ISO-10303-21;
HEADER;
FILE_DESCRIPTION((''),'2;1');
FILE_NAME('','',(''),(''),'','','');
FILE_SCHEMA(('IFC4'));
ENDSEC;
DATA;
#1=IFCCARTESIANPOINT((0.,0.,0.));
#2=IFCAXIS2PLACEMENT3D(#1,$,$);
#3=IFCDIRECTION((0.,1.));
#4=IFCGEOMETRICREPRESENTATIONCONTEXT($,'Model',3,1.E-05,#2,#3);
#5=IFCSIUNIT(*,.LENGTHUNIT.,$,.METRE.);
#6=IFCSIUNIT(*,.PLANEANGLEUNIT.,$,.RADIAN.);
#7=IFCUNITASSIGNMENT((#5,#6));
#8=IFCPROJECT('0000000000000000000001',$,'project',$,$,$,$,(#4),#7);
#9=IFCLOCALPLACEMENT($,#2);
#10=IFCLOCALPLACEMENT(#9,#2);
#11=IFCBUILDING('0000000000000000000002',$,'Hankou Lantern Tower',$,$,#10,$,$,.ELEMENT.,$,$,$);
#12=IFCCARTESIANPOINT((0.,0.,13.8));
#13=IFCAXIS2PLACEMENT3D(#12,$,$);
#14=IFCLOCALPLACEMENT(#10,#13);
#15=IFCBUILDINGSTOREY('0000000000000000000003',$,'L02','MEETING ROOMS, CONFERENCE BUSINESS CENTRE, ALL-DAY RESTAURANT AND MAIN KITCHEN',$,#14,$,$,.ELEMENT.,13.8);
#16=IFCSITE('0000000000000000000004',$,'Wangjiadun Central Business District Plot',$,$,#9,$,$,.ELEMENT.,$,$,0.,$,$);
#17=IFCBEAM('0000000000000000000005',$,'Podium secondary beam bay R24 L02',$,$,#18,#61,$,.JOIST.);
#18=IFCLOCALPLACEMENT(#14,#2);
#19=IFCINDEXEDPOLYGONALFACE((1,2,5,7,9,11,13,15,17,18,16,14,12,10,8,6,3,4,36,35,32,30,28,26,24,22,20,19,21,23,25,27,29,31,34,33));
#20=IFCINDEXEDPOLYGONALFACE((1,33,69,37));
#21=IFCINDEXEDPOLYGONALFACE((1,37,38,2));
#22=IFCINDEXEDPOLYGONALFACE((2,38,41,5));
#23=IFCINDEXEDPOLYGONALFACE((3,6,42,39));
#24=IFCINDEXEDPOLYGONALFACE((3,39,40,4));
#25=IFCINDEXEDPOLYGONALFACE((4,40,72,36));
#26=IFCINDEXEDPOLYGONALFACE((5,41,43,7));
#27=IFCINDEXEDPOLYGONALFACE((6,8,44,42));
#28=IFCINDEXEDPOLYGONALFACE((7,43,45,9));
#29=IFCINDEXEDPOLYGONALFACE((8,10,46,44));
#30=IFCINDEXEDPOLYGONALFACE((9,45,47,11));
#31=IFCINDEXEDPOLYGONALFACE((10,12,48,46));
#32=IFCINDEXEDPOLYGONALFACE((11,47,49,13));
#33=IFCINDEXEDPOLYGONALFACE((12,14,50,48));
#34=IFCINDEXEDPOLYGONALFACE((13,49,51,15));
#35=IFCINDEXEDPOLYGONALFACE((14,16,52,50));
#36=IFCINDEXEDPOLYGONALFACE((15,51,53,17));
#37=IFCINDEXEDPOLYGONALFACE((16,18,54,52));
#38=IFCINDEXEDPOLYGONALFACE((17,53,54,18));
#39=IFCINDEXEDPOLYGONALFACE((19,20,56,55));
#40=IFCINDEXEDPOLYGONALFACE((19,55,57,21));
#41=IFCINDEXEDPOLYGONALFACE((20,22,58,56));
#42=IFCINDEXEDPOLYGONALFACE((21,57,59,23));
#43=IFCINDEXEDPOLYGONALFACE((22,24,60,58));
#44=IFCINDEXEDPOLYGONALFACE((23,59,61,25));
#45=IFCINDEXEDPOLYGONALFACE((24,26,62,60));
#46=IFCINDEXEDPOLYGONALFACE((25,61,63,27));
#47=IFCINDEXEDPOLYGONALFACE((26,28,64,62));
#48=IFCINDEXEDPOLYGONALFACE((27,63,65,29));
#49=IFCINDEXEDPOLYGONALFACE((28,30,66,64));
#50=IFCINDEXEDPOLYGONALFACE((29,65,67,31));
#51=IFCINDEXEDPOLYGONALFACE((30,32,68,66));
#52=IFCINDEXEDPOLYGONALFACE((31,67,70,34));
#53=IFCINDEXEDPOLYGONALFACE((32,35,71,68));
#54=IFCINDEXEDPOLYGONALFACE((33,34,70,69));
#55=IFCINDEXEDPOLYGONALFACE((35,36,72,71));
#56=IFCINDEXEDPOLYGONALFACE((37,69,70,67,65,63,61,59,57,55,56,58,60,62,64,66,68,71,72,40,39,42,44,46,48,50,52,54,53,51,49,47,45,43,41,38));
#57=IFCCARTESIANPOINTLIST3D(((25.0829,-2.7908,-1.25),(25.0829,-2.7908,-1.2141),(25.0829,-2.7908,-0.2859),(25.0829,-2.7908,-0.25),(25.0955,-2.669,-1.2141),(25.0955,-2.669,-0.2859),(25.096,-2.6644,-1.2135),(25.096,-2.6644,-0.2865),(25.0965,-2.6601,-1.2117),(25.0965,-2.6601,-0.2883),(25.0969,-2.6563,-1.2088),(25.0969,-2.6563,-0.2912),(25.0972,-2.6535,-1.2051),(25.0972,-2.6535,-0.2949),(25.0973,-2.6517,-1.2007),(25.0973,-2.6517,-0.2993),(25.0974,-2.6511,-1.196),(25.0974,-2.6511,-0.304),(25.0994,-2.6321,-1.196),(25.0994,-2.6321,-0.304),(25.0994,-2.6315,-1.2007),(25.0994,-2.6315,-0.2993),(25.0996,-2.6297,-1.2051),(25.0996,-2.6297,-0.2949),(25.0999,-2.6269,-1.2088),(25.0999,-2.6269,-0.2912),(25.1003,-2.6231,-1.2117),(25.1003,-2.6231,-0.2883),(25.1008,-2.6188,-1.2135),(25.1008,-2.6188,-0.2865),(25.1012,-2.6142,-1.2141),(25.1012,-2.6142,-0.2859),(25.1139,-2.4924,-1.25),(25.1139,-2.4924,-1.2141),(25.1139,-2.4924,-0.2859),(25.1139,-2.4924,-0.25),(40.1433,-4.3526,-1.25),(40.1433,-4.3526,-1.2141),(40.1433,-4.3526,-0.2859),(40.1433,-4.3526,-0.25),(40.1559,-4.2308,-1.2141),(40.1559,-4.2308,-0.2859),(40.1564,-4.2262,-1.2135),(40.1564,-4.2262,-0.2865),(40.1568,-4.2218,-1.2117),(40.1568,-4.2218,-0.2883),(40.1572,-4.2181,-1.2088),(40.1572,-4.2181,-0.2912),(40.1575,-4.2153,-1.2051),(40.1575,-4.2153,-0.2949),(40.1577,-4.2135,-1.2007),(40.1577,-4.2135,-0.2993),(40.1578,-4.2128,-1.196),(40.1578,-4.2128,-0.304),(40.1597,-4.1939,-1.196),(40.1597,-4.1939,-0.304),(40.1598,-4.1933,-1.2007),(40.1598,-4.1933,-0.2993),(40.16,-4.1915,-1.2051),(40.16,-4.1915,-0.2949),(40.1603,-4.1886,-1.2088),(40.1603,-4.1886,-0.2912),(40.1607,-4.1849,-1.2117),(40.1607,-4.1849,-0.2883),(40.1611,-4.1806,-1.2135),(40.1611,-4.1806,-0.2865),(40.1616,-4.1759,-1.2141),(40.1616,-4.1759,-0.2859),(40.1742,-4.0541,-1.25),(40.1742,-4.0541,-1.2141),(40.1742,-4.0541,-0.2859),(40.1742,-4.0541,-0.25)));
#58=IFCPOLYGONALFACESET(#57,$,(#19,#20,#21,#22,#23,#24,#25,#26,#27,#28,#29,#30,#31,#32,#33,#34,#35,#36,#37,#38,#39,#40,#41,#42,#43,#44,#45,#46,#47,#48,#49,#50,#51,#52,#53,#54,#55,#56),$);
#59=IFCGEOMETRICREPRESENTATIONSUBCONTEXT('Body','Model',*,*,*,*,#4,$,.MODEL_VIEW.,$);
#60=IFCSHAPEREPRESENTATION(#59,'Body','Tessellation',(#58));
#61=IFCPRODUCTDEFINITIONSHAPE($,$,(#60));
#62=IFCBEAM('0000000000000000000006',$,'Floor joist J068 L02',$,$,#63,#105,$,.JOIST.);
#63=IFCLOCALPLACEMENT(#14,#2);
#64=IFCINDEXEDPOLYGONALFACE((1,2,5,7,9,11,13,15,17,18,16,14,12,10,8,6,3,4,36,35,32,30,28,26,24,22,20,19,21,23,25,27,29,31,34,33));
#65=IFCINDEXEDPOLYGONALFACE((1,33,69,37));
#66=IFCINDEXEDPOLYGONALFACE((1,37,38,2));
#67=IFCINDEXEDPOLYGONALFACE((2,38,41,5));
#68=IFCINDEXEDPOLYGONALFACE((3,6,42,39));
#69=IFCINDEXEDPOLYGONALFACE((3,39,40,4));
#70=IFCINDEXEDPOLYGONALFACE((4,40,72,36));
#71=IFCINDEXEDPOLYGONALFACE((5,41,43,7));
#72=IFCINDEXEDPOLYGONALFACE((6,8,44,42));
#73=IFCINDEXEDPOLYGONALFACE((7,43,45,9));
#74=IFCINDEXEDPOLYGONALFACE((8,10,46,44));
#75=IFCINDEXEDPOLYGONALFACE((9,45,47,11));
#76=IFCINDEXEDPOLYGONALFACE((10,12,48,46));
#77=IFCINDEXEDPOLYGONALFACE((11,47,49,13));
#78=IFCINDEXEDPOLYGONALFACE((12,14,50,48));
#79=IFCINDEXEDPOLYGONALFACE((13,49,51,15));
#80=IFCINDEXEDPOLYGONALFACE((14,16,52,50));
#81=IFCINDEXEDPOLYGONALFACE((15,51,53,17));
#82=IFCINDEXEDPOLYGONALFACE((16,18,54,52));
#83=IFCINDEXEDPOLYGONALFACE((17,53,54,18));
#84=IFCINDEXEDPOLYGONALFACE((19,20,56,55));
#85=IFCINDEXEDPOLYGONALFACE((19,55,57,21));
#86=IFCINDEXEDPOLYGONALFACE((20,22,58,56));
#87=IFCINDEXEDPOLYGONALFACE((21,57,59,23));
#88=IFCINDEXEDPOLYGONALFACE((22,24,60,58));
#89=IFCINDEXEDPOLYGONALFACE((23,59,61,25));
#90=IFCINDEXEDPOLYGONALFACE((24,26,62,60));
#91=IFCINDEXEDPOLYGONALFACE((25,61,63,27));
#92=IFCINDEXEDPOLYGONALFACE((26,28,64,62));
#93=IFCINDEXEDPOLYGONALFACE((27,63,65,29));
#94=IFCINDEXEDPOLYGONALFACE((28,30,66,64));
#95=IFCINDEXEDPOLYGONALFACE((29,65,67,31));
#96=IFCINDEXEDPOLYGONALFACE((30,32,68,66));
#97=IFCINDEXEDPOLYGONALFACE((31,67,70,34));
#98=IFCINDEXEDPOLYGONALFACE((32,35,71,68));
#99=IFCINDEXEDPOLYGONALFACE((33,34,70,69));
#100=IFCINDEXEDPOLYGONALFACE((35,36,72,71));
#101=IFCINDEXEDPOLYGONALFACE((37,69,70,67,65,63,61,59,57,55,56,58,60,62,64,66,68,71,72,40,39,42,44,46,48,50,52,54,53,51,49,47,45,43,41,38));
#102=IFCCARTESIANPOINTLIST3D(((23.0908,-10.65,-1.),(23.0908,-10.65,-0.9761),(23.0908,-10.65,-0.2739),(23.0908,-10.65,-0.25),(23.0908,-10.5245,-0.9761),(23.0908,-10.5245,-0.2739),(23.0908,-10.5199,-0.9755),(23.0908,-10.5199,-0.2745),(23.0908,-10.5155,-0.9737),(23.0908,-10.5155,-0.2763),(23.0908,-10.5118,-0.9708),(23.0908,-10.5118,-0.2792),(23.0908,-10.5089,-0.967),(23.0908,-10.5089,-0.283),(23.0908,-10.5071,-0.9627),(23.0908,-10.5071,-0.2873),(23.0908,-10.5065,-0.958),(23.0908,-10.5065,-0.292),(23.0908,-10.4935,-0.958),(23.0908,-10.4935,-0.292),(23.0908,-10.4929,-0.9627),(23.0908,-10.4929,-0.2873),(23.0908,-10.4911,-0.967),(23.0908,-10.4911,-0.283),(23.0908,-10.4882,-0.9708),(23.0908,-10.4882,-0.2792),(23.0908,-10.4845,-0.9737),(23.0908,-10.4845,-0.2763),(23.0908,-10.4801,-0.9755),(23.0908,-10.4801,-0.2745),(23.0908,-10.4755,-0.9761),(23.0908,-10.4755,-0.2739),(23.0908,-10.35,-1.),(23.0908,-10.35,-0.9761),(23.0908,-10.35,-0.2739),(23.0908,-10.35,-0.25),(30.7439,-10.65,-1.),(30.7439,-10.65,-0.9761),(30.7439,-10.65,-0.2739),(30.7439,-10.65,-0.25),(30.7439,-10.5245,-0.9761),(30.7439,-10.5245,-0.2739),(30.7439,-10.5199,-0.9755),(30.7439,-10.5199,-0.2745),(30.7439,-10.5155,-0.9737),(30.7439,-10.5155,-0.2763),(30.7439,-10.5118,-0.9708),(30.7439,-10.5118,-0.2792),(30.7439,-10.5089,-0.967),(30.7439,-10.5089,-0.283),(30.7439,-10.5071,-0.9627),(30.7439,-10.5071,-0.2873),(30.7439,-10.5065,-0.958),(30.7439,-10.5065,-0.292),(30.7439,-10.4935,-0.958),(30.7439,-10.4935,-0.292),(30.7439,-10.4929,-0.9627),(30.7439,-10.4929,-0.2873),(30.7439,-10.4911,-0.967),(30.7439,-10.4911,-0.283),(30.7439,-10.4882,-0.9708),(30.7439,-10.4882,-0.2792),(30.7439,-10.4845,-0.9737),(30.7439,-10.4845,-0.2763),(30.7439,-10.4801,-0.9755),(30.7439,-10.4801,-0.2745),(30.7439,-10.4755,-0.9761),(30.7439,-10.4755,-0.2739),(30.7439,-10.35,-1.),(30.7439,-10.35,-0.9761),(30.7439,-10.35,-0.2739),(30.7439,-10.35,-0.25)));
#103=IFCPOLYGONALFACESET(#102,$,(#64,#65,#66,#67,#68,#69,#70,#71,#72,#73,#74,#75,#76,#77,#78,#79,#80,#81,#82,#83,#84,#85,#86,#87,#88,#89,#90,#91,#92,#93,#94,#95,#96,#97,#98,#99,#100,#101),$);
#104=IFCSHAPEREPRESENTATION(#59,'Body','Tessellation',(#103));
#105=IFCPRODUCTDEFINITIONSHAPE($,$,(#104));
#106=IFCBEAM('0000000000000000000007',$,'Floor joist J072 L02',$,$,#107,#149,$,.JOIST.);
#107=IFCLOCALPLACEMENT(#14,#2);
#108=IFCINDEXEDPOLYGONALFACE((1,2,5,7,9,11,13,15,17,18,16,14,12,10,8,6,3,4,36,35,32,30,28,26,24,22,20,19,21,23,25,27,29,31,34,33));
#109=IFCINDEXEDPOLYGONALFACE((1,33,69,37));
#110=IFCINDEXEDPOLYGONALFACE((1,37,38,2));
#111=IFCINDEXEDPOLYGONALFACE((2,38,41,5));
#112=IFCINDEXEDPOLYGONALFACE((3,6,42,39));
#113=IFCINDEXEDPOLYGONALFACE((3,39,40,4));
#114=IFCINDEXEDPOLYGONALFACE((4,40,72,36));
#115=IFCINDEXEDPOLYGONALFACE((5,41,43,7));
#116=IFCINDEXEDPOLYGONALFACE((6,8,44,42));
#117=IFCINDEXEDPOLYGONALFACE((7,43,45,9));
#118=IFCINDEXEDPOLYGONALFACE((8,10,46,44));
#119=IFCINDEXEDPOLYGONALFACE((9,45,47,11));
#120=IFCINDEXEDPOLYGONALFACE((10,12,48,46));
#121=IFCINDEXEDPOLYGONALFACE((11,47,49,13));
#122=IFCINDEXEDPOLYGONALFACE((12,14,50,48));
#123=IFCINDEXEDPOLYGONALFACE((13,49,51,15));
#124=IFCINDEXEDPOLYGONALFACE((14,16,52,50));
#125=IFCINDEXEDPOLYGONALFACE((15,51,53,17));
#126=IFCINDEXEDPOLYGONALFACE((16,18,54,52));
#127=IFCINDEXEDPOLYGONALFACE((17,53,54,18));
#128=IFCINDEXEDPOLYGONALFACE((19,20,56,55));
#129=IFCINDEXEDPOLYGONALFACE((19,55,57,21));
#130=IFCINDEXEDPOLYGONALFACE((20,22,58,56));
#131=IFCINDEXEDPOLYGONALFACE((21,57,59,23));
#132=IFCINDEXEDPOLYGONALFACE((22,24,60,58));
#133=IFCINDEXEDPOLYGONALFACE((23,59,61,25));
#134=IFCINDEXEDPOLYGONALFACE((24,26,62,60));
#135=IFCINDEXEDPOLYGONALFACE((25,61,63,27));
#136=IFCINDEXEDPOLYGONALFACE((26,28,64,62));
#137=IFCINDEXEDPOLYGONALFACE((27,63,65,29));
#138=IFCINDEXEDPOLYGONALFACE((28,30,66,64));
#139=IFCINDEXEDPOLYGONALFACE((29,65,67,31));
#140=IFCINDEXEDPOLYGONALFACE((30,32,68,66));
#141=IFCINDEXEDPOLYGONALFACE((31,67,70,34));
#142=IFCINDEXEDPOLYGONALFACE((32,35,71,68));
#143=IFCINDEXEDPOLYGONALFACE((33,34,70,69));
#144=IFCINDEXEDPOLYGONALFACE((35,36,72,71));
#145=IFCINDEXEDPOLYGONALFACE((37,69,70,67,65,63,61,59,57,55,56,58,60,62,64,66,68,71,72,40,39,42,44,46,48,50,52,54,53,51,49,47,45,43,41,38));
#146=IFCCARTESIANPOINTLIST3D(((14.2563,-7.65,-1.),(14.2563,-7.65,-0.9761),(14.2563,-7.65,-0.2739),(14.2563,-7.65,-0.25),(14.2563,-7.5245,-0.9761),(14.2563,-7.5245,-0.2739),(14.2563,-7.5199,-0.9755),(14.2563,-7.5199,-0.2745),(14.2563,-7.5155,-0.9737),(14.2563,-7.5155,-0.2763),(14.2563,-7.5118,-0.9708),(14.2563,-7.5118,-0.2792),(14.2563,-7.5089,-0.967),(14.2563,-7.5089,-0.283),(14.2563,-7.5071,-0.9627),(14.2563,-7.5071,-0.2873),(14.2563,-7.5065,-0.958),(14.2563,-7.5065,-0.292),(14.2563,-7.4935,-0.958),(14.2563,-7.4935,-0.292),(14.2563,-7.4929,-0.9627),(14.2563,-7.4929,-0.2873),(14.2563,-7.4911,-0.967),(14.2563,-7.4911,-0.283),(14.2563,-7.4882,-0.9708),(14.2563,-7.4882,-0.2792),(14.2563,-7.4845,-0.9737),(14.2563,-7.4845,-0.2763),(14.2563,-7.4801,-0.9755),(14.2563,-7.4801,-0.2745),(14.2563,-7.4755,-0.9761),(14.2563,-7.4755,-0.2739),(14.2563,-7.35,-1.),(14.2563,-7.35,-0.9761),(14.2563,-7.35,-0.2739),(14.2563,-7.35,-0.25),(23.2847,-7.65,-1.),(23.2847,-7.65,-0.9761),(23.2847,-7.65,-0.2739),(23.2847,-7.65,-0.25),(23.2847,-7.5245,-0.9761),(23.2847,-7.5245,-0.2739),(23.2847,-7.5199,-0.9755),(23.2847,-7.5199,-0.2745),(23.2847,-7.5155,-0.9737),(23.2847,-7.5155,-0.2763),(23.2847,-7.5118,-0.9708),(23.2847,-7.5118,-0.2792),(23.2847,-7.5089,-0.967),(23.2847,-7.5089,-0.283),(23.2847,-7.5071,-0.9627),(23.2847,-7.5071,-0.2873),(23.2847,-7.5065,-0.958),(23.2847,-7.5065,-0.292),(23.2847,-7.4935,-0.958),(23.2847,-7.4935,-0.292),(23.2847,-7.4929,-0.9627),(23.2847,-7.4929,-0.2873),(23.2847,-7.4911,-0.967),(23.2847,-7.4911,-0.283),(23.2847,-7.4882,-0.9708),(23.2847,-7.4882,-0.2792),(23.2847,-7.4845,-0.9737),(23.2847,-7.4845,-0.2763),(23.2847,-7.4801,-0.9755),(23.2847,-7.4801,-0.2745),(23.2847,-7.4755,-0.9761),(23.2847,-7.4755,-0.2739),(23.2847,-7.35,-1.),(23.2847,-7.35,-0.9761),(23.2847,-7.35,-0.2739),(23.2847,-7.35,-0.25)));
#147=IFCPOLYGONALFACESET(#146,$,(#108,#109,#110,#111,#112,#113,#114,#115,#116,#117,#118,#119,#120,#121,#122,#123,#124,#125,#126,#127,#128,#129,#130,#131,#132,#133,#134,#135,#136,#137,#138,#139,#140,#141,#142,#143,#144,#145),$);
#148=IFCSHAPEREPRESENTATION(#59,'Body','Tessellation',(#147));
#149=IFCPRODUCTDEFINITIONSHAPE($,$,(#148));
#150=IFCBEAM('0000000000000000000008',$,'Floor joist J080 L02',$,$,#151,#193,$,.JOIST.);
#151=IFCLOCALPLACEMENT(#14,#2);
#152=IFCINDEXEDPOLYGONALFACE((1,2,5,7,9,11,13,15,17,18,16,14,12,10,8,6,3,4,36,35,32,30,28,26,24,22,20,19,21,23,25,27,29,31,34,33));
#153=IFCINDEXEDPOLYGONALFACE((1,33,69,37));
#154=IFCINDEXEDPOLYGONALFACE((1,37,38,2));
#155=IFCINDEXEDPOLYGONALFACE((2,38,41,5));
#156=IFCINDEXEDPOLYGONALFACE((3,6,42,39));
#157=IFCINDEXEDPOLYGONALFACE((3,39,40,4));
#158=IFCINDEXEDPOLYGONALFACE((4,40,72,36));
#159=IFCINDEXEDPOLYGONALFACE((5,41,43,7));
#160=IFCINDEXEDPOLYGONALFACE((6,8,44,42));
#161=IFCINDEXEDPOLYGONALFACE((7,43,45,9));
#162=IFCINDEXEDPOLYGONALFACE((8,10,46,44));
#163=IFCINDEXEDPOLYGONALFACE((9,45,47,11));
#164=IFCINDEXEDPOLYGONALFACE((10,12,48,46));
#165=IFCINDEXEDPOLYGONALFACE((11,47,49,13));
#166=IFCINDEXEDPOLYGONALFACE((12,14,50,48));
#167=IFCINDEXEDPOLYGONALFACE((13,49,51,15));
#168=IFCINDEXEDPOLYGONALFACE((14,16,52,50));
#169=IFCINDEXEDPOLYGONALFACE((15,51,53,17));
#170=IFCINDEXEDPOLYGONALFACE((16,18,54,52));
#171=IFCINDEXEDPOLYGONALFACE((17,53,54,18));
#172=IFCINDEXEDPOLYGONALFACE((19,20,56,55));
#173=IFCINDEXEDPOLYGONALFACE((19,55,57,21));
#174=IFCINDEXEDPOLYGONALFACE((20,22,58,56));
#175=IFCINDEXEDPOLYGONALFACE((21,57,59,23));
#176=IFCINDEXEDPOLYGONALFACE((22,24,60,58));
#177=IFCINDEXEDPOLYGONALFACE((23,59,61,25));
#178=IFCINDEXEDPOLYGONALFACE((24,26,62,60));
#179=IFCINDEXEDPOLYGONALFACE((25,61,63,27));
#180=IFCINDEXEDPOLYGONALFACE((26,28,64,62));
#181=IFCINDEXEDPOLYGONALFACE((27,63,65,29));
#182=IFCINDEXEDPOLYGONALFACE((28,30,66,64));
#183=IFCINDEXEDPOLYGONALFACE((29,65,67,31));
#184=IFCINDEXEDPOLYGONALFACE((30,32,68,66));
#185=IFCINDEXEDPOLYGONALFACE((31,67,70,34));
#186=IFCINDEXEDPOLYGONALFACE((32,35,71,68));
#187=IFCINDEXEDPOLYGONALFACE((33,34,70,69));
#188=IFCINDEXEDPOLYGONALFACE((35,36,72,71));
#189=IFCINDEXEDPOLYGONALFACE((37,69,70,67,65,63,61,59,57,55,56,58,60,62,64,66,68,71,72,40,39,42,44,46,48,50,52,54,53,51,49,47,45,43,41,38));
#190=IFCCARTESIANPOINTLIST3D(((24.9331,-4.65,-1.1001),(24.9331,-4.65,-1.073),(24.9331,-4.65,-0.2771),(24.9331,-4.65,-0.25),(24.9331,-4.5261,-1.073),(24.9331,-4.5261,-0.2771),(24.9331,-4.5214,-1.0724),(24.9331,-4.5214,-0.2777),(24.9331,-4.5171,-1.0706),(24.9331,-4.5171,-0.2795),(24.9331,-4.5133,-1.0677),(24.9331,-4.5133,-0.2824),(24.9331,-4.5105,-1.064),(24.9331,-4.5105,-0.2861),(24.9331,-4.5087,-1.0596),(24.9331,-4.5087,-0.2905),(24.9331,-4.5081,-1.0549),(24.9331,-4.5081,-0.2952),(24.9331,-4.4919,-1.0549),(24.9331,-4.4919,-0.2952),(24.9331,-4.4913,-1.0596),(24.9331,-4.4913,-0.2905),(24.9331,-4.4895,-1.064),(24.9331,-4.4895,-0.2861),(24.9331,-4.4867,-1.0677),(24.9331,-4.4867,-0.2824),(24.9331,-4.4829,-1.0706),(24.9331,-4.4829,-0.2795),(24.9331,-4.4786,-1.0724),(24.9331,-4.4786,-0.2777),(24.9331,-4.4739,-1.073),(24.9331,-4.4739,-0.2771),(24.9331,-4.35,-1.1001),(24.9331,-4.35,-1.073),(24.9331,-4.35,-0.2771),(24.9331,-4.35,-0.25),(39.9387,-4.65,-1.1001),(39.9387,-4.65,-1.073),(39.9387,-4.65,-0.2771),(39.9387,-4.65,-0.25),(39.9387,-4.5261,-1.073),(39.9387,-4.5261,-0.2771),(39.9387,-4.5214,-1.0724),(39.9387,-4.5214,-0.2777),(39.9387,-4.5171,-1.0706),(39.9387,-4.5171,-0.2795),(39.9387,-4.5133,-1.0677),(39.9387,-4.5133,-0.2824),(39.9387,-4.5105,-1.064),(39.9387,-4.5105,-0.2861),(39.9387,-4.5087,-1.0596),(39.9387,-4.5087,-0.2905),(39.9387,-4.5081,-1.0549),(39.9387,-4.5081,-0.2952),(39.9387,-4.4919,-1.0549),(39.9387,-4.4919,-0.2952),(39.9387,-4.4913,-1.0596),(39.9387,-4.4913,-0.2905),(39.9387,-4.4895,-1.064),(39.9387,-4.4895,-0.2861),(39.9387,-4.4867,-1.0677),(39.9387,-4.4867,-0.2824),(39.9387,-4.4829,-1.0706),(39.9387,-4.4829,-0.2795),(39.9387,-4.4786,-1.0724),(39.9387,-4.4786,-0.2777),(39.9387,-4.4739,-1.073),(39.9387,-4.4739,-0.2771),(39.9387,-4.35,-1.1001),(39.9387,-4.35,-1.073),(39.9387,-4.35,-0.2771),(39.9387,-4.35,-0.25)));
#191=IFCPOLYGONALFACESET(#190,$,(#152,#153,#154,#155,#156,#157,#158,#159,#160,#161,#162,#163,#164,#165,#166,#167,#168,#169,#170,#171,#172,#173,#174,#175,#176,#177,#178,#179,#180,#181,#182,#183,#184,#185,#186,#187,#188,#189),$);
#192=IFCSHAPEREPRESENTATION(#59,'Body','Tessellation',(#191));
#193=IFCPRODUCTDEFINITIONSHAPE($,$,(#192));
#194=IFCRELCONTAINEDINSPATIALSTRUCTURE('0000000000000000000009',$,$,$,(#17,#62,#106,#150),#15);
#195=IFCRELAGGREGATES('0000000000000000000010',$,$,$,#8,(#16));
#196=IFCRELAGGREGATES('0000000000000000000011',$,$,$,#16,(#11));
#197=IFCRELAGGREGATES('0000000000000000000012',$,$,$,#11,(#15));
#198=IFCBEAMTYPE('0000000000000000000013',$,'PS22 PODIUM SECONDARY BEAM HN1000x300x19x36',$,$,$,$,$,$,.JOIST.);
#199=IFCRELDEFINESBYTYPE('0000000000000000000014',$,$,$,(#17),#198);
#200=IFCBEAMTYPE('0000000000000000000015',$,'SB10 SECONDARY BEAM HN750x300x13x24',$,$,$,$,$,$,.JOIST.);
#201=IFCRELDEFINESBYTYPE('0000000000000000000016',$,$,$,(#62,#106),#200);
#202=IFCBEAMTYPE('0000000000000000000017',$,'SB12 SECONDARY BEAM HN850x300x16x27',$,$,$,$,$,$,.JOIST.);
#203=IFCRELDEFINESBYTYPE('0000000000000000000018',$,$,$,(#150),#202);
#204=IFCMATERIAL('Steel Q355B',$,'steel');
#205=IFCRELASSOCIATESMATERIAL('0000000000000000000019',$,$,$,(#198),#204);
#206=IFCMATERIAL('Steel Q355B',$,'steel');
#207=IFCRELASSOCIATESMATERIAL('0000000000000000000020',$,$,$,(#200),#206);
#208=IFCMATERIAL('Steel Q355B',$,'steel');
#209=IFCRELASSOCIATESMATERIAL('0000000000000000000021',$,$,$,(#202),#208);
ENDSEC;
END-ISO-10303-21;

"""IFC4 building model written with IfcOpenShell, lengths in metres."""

from ifc_helpers import new_model, si_unit, direction, frame, origin, origin_2d, place, context, subcontext, project, spatial, i_section, extrude, material, material_profile, profile_set, type_object, element, save


model = new_model("IFC4")

# Units and contexts
model_context = context("Model", 3, precision=1e-05, world=origin(), true_north=direction((0.0, 1.0)))
body_context = subcontext(model_context, "Body", "Model", "MODEL_VIEW")
ifc_project = project(units=[si_unit("LENGTHUNIT", "METRE"), si_unit("PLANEANGLEUNIT", "RADIAN")], contexts=[model_context])

# Site, building, storey
site_placement = place(None, origin())
site = spatial("IfcSite", under=ifc_project, at=site_placement, Name="Wangjiadun Central Business District Plot", CompositionType="ELEMENT", RefElevation=0.0)
building_placement = place(site_placement, origin())
building = spatial("IfcBuilding", under=site, at=building_placement, Name="Hankou Lantern Tower", CompositionType="ELEMENT")
storey_placement = place(building_placement, frame((0.0, 0.0, 13.8)))
storey = spatial("IfcBuildingStorey", under=building, at=storey_placement, Name="L02", Description="MEETING ROOMS, CONFERENCE BUSINESS CENTRE, ALL-DAY RESTAURANT AND MAIN KITCHEN", CompositionType="ELEMENT", Elevation=13.8)

# Beams
ifc_material_1 = material(Name="Steel Q355B", Category="steel")
ifc_material_profile_1 = material_profile(ifc_material_1, i_section(OverallWidth=0.3, OverallDepth=1.0, WebThickness=0.019, FlangeThickness=0.0359, FilletRadius=0.0181, at=origin_2d()), Name="HN1000x300x19x36")
ifc_profile_set_1 = profile_set([ifc_material_profile_1], Name="Steel Q355B")
beam_type_1 = type_object("IfcBeamType", Name="PS22 PODIUM SECONDARY BEAM HN1000x300x19x36", PredefinedType="JOIST", material=ifc_profile_set_1)
beam_1_placement = place(storey_placement, frame((25.0984, -2.6416, -0.75), z_axis=(0.994666, -0.103148, 0.0), x_axis=(0.103148, 0.994666, 0.0)))
element("IfcBeam", 1, at=beam_1_placement, inside=storey, type_object=beam_type_1, Name="Podium secondary beam bay R24 L02", PredefinedType="JOIST", context=body_context, shape_type="SweptSolid", body=[
    extrude(i_section(OverallWidth=0.3, OverallDepth=1.0, WebThickness=0.019, FlangeThickness=0.0359, FilletRadius=0.0181, at=origin_2d()), origin(), (0.0, 0.0, 1.0), 15.1411),
])
ifc_material_2 = material(Name="Steel Q355B", Category="steel")
ifc_material_profile_2 = material_profile(ifc_material_2, i_section(OverallWidth=0.3, OverallDepth=0.75, WebThickness=0.0129, FlangeThickness=0.0239, FilletRadius=0.0181, at=origin_2d()), Name="HN750x300x13x24")
ifc_profile_set_2 = profile_set([ifc_material_profile_2], Name="Steel Q355B")
beam_type_2 = type_object("IfcBeamType", Name="SB10 SECONDARY BEAM HN750x300x13x24", PredefinedType="JOIST", material=ifc_profile_set_2)
beam_2_placement = place(storey_placement, frame((23.0908, -10.5, -0.625), z_axis=(1.0, 0.0, 0.0), x_axis=(0.0, 1.0, 0.0)))
element("IfcBeam", 2, at=beam_2_placement, inside=storey, type_object=beam_type_2, Name="Floor joist J068 L02", PredefinedType="JOIST", context=body_context, shape_type="SweptSolid", body=[
    extrude(i_section(OverallWidth=0.3, OverallDepth=0.75, WebThickness=0.0129, FlangeThickness=0.0239, FilletRadius=0.0181, at=origin_2d()), origin(), (0.0, 0.0, 1.0), 7.6531),
])
beam_3_placement = place(storey_placement, frame((14.2563, -7.5, -0.625), z_axis=(1.0, 0.0, 0.0), x_axis=(0.0, 1.0, 0.0)))
element("IfcBeam", 3, at=beam_3_placement, inside=storey, type_object=beam_type_2, Name="Floor joist J072 L02", PredefinedType="JOIST", context=body_context, shape_type="SweptSolid", body=[
    extrude(i_section(OverallWidth=0.3, OverallDepth=0.75, WebThickness=0.0129, FlangeThickness=0.0239, FilletRadius=0.0181, at=origin_2d()), origin(), (0.0, 0.0, 1.0), 9.0283),
])
ifc_material_3 = material(Name="Steel Q355B", Category="steel")
ifc_material_profile_3 = material_profile(ifc_material_3, i_section(OverallWidth=0.3, OverallDepth=0.8501, WebThickness=0.0161, FlangeThickness=0.0271, FilletRadius=0.0181, at=origin_2d()), Name="HN850x300x16x27")
ifc_profile_set_3 = profile_set([ifc_material_profile_3], Name="Steel Q355B")
beam_type_3 = type_object("IfcBeamType", Name="SB12 SECONDARY BEAM HN850x300x16x27", PredefinedType="JOIST", material=ifc_profile_set_3)
beam_4_placement = place(storey_placement, frame((24.9331, -4.5, -0.675), z_axis=(1.0, 0.0, 0.0), x_axis=(0.0, 1.0, 0.0)))
element("IfcBeam", 4, at=beam_4_placement, inside=storey, type_object=beam_type_3, Name="Floor joist J080 L02", PredefinedType="JOIST", context=body_context, shape_type="SweptSolid", body=[
    extrude(i_section(OverallWidth=0.3, OverallDepth=0.8501, WebThickness=0.0161, FlangeThickness=0.0271, FilletRadius=0.0181, at=origin_2d()), origin(), (0.0, 0.0, 1.0), 15.0056),
])

save(model, "model.ifc")
